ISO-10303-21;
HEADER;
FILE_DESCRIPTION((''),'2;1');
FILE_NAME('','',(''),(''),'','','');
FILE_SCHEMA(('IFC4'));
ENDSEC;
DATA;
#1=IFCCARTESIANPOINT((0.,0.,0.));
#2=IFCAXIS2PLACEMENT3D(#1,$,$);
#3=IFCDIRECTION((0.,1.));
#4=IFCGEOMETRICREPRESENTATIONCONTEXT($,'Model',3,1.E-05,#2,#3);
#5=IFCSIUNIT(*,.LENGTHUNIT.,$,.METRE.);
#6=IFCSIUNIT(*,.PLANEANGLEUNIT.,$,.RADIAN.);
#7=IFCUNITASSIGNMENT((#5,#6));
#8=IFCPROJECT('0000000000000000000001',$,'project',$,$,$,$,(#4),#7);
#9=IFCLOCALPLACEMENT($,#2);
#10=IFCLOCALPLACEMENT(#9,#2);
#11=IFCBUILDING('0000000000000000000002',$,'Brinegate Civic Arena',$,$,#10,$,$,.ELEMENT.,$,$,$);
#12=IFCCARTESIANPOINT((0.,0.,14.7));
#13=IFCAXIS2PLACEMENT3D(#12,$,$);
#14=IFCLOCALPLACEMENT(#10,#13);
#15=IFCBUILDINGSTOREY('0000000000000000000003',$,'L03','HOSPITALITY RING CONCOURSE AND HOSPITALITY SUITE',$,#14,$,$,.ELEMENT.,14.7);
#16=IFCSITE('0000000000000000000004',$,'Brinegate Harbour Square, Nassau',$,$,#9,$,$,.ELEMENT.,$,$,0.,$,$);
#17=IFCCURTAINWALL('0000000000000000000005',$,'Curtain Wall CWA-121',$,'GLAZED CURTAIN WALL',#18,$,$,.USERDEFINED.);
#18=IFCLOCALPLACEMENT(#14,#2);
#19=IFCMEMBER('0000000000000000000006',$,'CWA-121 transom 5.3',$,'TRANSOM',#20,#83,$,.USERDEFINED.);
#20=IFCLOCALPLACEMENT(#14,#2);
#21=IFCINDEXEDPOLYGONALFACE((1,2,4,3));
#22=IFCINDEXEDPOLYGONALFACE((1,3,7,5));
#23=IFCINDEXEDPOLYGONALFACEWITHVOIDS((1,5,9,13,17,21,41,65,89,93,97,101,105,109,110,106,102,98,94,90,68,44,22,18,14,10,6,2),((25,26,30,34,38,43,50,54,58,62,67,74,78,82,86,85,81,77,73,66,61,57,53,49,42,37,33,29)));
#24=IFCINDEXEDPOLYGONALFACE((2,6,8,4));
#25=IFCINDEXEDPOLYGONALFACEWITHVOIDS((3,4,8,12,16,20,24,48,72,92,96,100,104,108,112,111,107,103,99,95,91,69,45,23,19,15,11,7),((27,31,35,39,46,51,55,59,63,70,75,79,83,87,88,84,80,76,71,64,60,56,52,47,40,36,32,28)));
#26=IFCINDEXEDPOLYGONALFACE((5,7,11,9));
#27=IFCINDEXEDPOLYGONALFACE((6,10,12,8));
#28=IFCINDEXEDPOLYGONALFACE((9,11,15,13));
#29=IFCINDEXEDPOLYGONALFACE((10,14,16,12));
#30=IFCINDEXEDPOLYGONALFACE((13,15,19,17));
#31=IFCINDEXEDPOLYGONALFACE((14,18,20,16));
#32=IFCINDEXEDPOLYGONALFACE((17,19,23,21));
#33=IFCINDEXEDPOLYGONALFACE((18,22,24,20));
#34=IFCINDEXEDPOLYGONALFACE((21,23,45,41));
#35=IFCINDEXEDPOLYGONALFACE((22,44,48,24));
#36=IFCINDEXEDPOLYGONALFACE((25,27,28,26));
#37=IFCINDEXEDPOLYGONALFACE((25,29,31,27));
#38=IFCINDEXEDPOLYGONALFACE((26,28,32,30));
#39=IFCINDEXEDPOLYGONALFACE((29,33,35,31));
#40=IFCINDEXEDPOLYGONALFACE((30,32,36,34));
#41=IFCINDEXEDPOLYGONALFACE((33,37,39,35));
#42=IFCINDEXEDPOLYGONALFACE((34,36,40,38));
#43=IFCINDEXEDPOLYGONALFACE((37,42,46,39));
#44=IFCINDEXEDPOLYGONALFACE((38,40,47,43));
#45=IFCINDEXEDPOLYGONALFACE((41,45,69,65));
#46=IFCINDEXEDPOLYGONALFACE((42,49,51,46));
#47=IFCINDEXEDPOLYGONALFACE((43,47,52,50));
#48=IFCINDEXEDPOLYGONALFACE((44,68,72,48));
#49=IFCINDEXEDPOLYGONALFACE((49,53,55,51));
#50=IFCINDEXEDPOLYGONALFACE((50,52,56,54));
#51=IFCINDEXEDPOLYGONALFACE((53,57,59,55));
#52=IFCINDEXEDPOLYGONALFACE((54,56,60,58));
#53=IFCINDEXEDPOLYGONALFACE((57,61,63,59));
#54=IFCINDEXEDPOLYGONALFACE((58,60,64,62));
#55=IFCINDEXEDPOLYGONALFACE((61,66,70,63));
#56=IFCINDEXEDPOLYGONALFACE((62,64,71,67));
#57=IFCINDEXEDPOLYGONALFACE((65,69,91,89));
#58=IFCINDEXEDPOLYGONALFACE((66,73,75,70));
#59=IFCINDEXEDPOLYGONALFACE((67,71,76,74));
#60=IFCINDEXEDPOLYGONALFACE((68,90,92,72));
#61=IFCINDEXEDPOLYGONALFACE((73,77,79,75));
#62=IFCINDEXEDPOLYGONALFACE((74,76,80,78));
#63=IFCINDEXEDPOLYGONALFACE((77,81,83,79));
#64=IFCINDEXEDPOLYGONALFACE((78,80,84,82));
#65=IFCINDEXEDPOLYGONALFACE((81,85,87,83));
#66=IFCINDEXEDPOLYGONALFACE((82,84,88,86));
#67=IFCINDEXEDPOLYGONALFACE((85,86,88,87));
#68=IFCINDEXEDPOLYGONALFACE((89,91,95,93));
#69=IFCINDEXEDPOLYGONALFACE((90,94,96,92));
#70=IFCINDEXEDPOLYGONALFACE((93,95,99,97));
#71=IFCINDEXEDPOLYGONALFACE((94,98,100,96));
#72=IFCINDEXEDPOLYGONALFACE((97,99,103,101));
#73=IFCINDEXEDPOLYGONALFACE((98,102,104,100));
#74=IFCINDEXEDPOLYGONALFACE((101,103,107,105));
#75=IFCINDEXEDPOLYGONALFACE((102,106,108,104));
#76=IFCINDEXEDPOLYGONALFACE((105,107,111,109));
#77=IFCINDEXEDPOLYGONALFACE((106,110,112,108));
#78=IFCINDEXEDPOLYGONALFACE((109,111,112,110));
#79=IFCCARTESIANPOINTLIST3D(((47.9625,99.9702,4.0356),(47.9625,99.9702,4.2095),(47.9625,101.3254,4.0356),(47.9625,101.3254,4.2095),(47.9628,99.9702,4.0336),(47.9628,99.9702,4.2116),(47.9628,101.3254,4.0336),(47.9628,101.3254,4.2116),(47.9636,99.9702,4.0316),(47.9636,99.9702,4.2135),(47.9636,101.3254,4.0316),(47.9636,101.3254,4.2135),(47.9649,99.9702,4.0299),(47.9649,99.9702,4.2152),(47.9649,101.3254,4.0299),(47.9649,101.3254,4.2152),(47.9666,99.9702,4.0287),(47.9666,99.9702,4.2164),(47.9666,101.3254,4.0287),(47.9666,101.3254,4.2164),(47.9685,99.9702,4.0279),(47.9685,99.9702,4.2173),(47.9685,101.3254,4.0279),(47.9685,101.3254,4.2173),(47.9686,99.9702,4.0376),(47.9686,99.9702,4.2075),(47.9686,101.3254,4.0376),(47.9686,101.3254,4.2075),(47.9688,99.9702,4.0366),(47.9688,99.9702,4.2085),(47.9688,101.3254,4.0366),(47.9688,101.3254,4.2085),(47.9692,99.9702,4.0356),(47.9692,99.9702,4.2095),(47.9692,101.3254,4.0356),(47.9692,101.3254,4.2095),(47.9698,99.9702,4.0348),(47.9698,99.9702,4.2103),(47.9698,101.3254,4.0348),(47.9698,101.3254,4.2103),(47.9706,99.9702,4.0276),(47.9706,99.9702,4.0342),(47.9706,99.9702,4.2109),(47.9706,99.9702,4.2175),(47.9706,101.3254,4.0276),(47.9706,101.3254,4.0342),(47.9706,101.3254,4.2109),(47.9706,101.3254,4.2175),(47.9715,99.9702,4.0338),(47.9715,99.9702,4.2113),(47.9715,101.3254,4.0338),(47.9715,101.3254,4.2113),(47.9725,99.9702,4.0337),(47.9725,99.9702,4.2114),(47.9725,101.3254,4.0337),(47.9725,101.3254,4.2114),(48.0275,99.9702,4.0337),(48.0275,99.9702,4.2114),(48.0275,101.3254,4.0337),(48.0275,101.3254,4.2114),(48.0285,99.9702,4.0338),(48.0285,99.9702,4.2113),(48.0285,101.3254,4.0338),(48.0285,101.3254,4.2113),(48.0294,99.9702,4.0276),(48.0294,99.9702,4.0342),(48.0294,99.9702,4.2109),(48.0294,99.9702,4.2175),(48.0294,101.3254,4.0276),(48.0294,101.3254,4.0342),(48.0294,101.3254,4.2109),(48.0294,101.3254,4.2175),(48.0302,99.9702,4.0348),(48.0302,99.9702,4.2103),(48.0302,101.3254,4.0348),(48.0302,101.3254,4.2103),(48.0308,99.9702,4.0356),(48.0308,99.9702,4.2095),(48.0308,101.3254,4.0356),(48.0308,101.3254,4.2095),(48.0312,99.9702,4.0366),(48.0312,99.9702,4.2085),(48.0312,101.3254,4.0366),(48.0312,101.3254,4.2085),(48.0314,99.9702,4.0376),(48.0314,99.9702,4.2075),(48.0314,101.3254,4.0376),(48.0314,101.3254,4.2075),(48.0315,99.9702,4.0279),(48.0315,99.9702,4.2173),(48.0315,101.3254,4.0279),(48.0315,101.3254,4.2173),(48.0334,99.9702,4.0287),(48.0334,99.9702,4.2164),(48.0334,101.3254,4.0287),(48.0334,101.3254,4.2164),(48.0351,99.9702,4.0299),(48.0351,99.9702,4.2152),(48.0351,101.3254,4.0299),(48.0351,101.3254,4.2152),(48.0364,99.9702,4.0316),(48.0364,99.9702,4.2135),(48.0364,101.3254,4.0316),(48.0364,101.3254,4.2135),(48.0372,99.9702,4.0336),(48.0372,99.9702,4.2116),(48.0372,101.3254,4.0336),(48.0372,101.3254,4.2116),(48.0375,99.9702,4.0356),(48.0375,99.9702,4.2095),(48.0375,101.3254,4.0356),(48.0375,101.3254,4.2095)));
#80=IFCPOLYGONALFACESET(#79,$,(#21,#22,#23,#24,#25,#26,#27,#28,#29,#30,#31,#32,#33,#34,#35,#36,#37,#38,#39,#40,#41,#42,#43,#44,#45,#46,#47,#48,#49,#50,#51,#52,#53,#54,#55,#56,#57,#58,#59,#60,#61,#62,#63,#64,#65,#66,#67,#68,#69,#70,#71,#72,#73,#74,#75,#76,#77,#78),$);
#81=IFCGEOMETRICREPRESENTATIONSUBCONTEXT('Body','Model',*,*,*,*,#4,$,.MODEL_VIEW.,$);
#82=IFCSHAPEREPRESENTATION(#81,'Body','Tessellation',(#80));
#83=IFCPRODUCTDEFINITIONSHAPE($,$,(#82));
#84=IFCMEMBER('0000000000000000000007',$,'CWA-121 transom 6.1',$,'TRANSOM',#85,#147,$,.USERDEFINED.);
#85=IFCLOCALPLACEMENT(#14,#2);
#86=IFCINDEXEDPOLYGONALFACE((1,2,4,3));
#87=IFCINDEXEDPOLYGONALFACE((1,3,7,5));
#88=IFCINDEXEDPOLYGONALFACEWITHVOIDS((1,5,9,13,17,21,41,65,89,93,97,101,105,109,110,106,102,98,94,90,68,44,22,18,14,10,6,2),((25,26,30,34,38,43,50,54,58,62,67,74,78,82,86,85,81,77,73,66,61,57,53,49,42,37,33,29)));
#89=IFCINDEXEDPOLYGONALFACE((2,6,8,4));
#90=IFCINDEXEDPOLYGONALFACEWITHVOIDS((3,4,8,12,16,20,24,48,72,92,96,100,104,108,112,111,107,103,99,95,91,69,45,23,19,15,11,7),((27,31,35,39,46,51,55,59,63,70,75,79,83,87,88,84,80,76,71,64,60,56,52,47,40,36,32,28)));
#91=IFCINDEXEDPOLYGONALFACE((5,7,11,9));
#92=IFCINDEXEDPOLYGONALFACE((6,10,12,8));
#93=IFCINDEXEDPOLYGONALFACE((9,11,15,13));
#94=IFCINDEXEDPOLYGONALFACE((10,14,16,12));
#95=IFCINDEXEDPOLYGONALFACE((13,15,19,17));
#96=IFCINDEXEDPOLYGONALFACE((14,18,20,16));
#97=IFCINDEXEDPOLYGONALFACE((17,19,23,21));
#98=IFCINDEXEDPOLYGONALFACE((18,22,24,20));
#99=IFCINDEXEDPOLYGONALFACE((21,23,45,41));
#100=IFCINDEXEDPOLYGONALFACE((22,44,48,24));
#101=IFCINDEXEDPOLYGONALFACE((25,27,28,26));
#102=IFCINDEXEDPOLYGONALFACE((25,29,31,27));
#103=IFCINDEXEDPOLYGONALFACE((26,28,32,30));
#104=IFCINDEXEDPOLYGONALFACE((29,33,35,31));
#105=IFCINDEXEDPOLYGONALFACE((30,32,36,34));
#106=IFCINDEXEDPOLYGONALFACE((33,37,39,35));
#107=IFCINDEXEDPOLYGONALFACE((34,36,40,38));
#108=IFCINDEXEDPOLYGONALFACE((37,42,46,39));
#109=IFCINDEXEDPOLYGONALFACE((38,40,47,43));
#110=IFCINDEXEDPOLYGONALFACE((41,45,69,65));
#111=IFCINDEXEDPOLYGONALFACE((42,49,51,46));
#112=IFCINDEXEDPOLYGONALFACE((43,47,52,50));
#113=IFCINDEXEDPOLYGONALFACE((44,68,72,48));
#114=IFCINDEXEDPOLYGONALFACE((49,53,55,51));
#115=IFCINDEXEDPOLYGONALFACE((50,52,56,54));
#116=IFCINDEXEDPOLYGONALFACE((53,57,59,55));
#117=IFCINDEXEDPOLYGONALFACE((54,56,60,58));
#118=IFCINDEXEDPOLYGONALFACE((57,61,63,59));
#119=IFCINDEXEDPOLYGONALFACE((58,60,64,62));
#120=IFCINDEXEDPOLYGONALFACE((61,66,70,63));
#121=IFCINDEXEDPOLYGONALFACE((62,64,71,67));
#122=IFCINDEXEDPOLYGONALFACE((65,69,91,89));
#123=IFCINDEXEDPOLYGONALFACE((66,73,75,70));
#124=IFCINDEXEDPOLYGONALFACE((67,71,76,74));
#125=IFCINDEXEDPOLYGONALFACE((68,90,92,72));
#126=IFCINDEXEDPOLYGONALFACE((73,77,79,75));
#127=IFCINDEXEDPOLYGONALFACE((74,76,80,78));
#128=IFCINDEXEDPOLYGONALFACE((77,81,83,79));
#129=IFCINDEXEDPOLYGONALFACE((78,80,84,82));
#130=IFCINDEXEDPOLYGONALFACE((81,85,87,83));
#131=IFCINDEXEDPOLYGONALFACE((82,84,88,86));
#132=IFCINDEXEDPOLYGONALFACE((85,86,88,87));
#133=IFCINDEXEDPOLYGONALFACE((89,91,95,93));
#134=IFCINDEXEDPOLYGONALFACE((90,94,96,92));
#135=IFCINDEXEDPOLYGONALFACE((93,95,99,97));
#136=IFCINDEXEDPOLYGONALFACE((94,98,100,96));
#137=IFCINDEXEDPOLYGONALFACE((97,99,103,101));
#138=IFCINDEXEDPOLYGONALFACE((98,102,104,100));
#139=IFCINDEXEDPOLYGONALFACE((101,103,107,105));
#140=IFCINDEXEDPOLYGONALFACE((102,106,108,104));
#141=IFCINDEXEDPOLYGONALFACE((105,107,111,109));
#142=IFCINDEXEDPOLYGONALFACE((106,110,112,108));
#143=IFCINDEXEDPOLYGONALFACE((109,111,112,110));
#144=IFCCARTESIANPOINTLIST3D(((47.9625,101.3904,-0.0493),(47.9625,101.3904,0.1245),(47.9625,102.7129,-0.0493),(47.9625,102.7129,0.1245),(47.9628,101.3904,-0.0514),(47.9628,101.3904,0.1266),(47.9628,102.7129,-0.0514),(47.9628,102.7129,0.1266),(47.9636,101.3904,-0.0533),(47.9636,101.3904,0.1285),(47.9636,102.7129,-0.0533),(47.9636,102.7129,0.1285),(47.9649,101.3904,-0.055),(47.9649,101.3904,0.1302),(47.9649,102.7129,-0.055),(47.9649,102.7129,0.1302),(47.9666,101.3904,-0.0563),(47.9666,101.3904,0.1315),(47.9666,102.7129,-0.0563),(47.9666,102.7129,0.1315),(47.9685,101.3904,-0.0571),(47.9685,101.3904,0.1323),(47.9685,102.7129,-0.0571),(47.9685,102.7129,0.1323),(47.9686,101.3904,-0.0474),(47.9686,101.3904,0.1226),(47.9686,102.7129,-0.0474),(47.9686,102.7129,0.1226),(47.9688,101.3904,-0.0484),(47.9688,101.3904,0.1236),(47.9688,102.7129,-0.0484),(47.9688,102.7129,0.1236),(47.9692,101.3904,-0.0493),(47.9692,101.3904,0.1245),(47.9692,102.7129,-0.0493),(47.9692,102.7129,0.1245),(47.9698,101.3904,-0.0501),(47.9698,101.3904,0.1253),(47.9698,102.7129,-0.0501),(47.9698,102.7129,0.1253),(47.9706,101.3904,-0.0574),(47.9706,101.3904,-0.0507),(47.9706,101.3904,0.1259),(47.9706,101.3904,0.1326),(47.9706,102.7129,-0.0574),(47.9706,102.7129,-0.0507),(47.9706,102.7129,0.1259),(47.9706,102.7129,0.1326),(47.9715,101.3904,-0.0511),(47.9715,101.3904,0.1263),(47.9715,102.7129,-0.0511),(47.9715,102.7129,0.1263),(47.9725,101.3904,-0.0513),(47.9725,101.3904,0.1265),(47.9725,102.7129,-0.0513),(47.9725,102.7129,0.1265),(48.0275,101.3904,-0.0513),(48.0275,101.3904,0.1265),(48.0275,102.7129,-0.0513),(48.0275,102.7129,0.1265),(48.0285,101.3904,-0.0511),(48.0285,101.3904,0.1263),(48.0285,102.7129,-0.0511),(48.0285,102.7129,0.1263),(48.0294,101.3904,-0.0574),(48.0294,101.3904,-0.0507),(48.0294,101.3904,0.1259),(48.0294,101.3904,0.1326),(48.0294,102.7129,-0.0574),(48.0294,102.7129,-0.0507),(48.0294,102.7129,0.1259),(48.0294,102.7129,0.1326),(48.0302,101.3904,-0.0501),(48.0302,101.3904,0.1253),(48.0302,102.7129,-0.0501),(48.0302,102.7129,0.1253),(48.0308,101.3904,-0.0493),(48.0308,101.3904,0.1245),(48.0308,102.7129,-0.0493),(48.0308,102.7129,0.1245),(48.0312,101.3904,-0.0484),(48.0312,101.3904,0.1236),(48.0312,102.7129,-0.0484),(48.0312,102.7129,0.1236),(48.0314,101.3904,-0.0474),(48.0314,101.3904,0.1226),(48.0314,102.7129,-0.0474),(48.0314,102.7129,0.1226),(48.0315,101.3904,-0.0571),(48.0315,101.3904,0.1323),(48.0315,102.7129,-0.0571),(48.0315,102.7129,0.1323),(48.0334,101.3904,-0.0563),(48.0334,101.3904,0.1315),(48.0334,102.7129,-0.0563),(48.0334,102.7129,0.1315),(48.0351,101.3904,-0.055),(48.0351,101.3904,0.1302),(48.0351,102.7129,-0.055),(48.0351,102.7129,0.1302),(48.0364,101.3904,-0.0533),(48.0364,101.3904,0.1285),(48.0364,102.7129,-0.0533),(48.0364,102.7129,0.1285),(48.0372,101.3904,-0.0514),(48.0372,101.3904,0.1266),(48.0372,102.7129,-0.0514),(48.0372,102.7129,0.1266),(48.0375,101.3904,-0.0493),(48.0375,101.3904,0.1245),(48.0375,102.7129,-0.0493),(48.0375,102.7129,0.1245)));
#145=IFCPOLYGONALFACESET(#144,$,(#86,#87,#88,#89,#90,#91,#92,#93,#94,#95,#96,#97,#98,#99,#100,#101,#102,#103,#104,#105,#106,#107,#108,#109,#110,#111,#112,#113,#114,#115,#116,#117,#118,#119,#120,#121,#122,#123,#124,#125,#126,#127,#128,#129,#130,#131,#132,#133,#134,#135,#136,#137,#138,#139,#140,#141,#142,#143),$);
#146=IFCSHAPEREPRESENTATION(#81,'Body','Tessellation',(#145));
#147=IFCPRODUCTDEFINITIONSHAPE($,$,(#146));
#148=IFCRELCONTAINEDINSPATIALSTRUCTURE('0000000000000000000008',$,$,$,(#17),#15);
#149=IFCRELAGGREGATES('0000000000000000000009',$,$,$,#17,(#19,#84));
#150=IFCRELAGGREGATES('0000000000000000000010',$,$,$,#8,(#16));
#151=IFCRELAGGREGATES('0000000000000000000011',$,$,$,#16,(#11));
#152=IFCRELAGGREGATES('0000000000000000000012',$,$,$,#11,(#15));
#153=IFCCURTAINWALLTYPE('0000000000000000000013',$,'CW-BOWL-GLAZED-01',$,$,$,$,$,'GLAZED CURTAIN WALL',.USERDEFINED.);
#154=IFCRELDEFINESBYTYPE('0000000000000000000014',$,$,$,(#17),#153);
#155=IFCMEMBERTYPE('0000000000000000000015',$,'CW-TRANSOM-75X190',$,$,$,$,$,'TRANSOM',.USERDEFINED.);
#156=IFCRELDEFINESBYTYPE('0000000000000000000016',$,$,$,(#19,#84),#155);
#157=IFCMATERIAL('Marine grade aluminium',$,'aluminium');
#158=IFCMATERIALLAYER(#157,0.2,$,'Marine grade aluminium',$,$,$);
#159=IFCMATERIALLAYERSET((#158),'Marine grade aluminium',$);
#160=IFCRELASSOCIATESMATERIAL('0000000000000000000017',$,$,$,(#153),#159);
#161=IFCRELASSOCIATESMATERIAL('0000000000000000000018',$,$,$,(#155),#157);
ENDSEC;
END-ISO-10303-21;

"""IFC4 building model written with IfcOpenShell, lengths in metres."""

from ifc_helpers import new_model, si_unit, direction, frame, origin, origin_2d, place, context, subcontext, project, spatial, hollow_rectangle, extrude, material, layer, layer_set, material_profile, profile_set, type_object, element, aggregate, save


model = new_model("IFC4")

# Units and contexts
model_context = context("Model", 3, precision=1e-05, world=origin(), true_north=direction((0.0, 1.0)))
body_context = subcontext(model_context, "Body", "Model", "MODEL_VIEW")
ifc_project = project(units=[si_unit("LENGTHUNIT", "METRE"), si_unit("PLANEANGLEUNIT", "RADIAN")], contexts=[model_context])

# Site, building, storey
site_placement = place(None, origin())
site = spatial("IfcSite", under=ifc_project, at=site_placement, Name="Brinegate Harbour Square, Nassau", CompositionType="ELEMENT", RefElevation=0.0)
building_placement = place(site_placement, origin())
building = spatial("IfcBuilding", under=site, at=building_placement, Name="Brinegate Civic Arena", CompositionType="ELEMENT")
storey_placement = place(building_placement, frame((0.0, 0.0, 14.7)))
storey = spatial("IfcBuildingStorey", under=building, at=storey_placement, Name="L03", Description="HOSPITALITY RING CONCOURSE AND HOSPITALITY SUITE", CompositionType="ELEMENT", Elevation=14.7)

# Curtain wall
ifc_material_1 = material(Name="Marine grade aluminium", Category="aluminium")
ifc_layer_1 = layer(ifc_material_1, 0.2, Name="Marine grade aluminium")
ifc_layer_set_1 = layer_set([ifc_layer_1], Name="Marine grade aluminium")
curtain_wall_type = type_object("IfcCurtainWallType", Name="CW-BOWL-GLAZED-01", ElementType="GLAZED CURTAIN WALL", PredefinedType="USERDEFINED", material=ifc_layer_set_1)
curtain_wall_1_placement = place(storey_placement, origin())
curtain_wall_1 = element("IfcCurtainWall", 1, at=curtain_wall_1_placement, inside=storey, type_object=curtain_wall_type, Name="Curtain Wall CWA-121", ObjectType="GLAZED CURTAIN WALL", PredefinedType="USERDEFINED")

# Members
ifc_material_profile_1 = material_profile(ifc_material_1, hollow_rectangle(XDim=0.075, YDim=0.1899, WallThickness=0.0061, InnerFilletRadius=0.0039, OuterFilletRadius=0.0081, at=origin_2d()), Name="TRN75X190")
ifc_profile_set_1 = profile_set([ifc_material_profile_1], Name="Marine grade aluminium")
member_type_1 = type_object("IfcMemberType", Name="CW-TRANSOM-75X190", ElementType="TRANSOM", PredefinedType="USERDEFINED", material=ifc_profile_set_1)
member_1_placement = place(storey_placement, frame((48.0, 99.9702, 4.1226), z_axis=(0.0, 1.0, 0.0), x_axis=(-1.0, 0.0, 0.0)))
member_1 = element("IfcMember", 2, at=member_1_placement, type_object=member_type_1, Name="CWA-121 transom 5.3", ObjectType="TRANSOM", PredefinedType="USERDEFINED", context=body_context, shape_type="SweptSolid", body=[
    extrude(hollow_rectangle(XDim=0.075, YDim=0.1899, WallThickness=0.0061, InnerFilletRadius=0.0039, OuterFilletRadius=0.0081, at=origin_2d()), origin(), (0.0, 0.0, 1.0), 1.3552),
])
member_2_placement = place(storey_placement, frame((48.0, 101.3904, 0.0376), z_axis=(0.0, 1.0, 0.0), x_axis=(-1.0, 0.0, 0.0)))
member_2 = element("IfcMember", 3, at=member_2_placement, type_object=member_type_1, Name="CWA-121 transom 6.1", ObjectType="TRANSOM", PredefinedType="USERDEFINED", context=body_context, shape_type="SweptSolid", body=[
    extrude(hollow_rectangle(XDim=0.075, YDim=0.1899, WallThickness=0.0061, InnerFilletRadius=0.0039, OuterFilletRadius=0.0081, at=origin_2d()), origin(), (0.0, 0.0, 1.0), 1.3225),
])

aggregate(curtain_wall_1, [member_1, member_2])

save(model, "model.ifc")
